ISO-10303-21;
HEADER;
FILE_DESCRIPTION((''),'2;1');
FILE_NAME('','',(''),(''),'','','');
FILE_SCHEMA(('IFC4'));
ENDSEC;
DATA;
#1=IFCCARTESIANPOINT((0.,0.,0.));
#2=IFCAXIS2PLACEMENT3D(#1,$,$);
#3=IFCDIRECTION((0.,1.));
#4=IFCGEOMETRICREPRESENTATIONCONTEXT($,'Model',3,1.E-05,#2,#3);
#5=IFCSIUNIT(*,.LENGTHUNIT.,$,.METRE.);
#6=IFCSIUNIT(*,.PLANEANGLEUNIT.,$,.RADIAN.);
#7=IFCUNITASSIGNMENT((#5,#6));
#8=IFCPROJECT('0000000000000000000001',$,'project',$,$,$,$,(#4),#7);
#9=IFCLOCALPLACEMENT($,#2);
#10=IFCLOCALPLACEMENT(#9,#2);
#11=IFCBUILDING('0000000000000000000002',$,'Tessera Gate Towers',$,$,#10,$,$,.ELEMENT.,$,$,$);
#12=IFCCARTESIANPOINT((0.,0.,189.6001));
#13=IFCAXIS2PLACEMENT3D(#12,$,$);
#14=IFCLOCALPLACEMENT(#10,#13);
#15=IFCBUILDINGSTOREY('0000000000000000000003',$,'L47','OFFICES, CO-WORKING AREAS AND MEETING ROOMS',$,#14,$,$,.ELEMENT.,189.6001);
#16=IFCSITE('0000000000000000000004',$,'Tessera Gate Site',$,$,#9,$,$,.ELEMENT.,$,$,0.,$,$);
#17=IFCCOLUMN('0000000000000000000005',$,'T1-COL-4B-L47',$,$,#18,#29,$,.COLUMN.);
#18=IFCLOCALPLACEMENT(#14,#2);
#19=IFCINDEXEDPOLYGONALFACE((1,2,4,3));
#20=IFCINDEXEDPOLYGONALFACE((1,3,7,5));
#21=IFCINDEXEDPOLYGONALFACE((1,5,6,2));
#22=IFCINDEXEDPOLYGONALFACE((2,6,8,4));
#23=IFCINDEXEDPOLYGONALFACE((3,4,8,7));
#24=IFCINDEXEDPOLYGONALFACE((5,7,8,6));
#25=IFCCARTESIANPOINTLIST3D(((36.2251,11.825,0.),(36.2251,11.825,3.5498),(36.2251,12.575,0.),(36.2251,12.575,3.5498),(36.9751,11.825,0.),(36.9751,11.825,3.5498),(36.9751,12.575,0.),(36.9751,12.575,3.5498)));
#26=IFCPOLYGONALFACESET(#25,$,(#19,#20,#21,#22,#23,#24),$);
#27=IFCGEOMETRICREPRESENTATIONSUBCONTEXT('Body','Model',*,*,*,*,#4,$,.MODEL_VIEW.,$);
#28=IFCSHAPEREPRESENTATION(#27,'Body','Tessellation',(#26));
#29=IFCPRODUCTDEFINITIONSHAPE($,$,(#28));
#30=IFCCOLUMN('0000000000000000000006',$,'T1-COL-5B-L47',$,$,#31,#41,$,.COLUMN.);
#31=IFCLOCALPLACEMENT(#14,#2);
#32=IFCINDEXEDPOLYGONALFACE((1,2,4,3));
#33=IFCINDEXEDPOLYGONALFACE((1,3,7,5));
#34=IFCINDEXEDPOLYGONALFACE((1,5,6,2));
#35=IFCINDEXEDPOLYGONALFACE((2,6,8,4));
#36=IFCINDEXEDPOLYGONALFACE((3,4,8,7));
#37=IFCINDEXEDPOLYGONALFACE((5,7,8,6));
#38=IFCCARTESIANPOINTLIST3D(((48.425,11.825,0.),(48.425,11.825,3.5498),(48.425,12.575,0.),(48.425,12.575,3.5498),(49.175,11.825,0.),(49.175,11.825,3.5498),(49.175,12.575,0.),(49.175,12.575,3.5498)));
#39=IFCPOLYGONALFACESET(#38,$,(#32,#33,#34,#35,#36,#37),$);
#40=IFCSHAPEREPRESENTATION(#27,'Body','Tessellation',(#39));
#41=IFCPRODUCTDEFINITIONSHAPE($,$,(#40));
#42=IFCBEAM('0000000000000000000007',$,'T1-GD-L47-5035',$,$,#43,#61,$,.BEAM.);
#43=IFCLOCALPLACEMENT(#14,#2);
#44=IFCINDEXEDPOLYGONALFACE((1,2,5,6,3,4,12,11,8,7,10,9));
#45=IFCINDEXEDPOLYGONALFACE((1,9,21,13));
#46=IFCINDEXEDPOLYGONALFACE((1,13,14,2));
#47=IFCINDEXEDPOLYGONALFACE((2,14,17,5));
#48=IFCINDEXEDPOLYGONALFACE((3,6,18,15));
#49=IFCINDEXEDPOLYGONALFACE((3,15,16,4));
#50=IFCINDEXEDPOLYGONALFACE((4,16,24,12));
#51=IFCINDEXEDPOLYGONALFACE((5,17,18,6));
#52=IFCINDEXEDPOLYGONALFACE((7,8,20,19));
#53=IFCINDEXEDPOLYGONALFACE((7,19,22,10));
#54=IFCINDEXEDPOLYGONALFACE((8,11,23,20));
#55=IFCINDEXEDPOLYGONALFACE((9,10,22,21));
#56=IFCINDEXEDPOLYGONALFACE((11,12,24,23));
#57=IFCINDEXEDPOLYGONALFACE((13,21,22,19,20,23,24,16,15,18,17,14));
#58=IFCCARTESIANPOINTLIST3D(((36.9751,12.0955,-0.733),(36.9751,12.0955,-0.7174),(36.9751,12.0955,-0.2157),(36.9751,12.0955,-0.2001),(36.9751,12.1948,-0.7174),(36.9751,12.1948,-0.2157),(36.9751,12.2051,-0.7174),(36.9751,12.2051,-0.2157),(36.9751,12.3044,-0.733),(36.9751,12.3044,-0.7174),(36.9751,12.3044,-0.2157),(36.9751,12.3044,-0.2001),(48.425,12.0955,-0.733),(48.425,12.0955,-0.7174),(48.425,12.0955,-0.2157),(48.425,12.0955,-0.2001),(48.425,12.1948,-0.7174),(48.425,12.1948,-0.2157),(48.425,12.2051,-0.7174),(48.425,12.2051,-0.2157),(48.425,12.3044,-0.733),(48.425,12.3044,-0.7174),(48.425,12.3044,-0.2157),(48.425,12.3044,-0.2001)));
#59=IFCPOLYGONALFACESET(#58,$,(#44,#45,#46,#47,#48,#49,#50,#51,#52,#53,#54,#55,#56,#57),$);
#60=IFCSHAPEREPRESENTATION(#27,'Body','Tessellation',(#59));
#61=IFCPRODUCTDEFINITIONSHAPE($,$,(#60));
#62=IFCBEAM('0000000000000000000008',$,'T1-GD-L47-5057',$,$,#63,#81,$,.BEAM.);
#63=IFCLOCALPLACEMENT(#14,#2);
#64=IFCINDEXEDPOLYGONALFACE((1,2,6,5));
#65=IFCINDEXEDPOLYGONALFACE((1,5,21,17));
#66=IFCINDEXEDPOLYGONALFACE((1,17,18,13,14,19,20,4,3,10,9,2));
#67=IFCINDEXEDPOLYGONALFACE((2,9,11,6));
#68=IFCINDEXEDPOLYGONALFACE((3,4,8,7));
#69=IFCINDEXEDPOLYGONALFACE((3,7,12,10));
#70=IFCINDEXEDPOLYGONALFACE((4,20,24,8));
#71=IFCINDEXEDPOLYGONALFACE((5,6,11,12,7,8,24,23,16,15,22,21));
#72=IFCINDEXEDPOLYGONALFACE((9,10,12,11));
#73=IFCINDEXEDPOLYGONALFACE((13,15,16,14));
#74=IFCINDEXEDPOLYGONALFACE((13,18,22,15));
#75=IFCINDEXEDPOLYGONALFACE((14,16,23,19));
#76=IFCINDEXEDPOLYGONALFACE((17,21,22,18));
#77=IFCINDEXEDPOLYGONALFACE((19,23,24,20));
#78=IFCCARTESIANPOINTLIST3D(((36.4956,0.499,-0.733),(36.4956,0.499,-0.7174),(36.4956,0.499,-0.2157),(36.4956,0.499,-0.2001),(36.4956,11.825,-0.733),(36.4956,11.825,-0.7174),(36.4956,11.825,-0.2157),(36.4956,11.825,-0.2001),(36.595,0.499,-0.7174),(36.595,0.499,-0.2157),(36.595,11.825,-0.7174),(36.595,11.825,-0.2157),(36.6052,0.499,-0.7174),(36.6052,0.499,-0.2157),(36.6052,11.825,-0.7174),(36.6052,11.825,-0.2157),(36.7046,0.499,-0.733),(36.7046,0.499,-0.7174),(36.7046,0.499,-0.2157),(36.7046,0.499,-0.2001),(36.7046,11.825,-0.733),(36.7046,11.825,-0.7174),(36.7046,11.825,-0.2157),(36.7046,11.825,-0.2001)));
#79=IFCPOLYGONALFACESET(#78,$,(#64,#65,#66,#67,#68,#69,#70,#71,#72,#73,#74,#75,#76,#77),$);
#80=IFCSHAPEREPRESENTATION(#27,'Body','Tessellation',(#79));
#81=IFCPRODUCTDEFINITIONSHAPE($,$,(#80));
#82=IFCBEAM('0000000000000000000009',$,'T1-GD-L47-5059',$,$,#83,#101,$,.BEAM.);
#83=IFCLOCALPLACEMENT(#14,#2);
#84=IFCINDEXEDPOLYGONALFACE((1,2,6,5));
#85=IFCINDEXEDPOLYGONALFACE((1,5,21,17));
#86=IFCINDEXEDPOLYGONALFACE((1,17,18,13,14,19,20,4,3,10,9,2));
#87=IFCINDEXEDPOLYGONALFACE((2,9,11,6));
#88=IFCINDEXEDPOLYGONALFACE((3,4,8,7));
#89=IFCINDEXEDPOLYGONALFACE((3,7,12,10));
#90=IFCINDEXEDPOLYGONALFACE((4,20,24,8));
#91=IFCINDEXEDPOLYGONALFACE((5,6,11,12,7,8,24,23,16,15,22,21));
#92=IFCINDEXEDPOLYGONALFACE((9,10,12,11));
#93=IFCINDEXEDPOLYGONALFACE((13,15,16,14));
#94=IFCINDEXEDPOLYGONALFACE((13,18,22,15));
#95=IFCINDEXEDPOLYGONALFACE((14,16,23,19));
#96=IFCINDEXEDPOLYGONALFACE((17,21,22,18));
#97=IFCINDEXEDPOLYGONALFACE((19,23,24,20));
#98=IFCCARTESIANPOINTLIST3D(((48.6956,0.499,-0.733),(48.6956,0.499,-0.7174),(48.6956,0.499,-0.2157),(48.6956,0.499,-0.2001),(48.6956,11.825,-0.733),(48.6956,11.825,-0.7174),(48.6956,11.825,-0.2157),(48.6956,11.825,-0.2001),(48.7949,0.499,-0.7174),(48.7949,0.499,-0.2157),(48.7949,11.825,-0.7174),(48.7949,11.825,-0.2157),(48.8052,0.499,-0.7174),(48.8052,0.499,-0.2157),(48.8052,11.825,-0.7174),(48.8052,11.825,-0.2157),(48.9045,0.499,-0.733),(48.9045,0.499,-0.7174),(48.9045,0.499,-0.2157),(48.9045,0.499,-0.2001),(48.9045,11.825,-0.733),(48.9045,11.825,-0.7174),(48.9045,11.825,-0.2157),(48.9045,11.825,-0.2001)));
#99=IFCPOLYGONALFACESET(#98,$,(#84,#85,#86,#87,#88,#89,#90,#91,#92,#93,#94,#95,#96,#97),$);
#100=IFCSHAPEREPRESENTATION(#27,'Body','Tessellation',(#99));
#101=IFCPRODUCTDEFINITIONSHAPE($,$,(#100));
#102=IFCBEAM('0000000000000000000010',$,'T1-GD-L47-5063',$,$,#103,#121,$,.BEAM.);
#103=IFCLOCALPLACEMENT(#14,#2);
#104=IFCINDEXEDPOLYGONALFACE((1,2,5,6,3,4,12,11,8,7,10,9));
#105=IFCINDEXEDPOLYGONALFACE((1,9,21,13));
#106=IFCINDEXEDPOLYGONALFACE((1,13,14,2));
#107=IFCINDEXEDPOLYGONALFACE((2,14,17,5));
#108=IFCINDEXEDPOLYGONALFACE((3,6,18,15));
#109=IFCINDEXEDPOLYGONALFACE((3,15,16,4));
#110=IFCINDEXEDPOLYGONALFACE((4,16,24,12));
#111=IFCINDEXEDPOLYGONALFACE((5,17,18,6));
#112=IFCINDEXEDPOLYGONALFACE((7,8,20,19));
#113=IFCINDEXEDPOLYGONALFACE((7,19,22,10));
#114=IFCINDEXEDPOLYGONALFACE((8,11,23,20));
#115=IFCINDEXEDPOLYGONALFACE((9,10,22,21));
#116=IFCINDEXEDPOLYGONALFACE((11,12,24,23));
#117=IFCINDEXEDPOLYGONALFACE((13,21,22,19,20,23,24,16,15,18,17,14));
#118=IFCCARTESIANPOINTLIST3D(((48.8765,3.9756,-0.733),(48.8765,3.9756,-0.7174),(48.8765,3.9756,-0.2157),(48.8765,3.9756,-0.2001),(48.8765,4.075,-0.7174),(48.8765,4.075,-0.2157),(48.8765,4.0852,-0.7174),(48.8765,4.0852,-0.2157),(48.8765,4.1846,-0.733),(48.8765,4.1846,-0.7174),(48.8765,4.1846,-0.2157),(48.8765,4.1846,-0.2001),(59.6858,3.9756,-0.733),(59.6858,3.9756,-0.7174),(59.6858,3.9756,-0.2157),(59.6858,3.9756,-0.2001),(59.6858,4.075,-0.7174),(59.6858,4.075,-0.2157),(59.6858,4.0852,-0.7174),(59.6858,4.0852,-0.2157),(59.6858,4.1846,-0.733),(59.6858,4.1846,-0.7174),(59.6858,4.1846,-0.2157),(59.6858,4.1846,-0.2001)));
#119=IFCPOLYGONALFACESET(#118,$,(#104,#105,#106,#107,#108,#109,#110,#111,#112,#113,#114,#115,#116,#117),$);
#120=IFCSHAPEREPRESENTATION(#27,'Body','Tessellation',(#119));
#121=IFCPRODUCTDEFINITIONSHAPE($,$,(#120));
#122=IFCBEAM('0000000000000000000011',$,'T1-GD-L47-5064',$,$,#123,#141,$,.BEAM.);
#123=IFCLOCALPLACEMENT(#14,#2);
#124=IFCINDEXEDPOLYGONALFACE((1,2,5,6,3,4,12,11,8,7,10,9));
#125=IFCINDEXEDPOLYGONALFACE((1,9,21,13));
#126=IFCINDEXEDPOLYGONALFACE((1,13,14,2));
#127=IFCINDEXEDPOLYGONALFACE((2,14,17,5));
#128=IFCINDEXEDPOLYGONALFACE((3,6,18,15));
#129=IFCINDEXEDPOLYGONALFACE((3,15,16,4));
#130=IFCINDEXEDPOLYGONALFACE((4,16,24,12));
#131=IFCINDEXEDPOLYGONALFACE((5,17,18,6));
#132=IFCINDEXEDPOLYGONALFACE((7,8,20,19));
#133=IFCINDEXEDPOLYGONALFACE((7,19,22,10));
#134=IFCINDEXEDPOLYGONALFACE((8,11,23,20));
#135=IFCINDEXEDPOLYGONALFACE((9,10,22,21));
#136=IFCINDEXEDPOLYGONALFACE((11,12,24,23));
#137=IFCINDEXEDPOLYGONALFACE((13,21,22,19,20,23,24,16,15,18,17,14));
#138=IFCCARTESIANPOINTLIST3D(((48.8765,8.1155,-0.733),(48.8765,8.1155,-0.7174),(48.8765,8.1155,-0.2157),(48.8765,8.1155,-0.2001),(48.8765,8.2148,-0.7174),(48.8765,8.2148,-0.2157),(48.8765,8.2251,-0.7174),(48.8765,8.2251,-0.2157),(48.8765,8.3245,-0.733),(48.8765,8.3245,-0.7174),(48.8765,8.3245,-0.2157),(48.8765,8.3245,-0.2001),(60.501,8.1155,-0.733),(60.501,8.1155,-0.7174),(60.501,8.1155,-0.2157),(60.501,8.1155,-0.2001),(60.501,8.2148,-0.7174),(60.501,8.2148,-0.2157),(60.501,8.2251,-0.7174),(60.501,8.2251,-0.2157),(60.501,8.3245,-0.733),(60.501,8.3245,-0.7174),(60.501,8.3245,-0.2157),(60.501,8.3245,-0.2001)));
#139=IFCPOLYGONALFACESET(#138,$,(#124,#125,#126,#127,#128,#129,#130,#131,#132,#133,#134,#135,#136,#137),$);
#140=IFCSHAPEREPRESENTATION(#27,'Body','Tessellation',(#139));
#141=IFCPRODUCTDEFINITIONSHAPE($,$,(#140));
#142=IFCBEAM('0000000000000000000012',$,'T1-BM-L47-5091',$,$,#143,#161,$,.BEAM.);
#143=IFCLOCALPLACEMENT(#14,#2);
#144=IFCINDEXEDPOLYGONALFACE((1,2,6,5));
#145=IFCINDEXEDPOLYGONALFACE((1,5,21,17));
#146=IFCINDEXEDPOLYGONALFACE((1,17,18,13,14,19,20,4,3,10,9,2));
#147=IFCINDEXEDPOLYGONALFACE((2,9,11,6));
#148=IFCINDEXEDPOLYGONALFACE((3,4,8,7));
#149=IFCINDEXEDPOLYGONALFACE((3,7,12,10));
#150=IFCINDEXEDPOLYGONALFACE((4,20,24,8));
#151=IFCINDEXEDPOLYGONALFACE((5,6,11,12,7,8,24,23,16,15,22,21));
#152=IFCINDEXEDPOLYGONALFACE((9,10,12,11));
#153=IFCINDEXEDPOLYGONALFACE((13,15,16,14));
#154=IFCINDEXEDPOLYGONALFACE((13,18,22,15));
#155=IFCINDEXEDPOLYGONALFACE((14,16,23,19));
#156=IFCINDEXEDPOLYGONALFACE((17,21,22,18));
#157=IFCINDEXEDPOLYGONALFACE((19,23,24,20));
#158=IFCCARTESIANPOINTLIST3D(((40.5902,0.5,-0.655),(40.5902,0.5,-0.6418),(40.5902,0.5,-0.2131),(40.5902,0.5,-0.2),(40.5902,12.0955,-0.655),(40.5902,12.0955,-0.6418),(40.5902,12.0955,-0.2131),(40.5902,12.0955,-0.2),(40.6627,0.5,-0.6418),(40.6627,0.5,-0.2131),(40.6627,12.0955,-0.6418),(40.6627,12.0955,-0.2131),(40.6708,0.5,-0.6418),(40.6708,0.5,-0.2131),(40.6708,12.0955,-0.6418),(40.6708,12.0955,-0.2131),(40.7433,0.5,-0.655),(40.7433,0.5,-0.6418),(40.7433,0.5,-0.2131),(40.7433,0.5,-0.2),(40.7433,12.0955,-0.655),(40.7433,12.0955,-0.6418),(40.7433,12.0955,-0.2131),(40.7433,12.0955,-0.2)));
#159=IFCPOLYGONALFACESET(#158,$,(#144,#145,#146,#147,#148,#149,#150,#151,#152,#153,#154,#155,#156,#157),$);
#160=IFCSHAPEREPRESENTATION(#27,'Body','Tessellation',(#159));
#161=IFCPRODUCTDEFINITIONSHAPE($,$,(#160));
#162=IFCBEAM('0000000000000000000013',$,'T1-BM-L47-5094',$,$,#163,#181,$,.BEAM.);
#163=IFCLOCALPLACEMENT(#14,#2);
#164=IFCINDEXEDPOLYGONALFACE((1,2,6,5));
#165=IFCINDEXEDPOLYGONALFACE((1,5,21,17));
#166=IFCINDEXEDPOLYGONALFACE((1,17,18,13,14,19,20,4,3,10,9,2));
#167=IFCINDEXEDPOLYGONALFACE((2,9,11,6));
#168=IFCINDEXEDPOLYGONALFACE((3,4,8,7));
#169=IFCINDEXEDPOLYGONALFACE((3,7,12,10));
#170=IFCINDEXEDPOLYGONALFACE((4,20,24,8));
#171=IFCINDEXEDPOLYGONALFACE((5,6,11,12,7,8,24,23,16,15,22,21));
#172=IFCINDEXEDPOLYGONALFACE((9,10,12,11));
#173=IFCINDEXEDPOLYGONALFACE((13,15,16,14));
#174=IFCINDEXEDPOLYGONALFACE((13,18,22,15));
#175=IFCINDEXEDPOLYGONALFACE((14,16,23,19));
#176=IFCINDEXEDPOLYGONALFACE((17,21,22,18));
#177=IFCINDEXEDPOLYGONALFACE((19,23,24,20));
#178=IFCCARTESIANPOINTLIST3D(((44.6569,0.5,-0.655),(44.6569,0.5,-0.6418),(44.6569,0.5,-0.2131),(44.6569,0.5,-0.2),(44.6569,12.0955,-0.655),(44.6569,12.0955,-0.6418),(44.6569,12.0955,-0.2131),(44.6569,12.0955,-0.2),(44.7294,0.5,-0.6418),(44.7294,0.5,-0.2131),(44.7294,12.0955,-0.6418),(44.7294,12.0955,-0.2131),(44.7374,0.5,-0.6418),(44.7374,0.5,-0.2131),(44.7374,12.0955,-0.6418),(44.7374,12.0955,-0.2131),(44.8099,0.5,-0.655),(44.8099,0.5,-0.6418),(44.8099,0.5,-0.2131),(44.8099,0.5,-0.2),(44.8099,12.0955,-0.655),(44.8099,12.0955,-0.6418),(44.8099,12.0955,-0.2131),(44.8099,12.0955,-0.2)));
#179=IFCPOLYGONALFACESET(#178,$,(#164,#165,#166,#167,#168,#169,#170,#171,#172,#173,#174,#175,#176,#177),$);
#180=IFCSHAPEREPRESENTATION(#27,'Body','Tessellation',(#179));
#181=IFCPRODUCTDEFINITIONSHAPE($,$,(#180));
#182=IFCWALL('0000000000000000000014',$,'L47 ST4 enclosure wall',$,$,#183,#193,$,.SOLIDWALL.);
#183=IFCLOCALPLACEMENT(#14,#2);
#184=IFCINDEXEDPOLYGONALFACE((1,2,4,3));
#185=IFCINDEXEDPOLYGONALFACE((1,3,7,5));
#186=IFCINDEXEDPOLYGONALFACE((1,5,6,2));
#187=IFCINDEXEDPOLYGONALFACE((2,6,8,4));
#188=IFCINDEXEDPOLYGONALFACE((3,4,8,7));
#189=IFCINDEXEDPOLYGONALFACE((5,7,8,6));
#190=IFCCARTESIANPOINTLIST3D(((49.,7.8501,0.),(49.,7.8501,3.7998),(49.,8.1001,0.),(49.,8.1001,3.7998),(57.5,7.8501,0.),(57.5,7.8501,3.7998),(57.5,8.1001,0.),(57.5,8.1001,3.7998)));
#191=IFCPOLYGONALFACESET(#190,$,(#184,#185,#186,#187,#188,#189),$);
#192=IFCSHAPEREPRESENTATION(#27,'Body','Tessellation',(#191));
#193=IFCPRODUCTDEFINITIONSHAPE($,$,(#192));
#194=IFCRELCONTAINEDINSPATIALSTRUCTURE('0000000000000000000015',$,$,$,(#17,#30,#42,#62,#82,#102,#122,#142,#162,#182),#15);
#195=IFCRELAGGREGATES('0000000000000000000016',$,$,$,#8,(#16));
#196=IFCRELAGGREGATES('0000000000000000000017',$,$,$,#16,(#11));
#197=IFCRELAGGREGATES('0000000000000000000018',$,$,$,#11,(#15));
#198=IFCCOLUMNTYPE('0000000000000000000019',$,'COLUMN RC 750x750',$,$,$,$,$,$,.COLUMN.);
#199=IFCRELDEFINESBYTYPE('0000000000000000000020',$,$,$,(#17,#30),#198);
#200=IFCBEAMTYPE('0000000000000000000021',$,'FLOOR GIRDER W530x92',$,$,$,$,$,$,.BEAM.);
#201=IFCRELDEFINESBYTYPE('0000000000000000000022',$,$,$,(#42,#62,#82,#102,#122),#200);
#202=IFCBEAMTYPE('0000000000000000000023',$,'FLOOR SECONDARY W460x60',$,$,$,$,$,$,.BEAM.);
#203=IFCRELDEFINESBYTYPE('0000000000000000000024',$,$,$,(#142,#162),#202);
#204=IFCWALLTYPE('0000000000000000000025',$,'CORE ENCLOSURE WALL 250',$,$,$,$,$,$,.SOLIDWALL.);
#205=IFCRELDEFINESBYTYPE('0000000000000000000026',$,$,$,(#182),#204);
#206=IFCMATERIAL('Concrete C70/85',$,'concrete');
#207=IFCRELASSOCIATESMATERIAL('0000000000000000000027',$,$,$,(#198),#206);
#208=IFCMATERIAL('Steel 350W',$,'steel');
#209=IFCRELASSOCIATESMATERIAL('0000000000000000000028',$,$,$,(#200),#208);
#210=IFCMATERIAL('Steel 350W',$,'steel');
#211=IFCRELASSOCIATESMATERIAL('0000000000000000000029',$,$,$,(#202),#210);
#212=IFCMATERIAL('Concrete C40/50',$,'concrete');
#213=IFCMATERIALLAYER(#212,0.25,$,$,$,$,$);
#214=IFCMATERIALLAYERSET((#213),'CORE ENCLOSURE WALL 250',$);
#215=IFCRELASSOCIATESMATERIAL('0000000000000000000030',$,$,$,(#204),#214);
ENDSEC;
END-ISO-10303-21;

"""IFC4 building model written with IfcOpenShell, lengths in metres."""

from ifc_helpers import new_model, si_unit, direction, frame, frame_2d, origin, origin_2d, place, context, subcontext, project, spatial, rectangle, i_section, extrude, material, layer, layer_set, material_profile, profile_set, type_object, element, save


model = new_model("IFC4")

# Units and contexts
model_context = context("Model", 3, precision=1e-05, world=origin(), true_north=direction((0.0, 1.0)))
body_context = subcontext(model_context, "Body", "Model", "MODEL_VIEW")
ifc_project = project(units=[si_unit("LENGTHUNIT", "METRE"), si_unit("PLANEANGLEUNIT", "RADIAN")], contexts=[model_context])

# Site, building, storey
site_placement = place(None, origin())
site = spatial("IfcSite", under=ifc_project, at=site_placement, Name="Tessera Gate Site", CompositionType="ELEMENT", RefElevation=0.0)
building_placement = place(site_placement, origin())
building = spatial("IfcBuilding", under=site, at=building_placement, Name="Tessera Gate Towers", CompositionType="ELEMENT")
storey_placement = place(building_placement, frame((0.0, 0.0, 189.6001)))
storey = spatial("IfcBuildingStorey", under=building, at=storey_placement, Name="L47", Description="OFFICES, CO-WORKING AREAS AND MEETING ROOMS", CompositionType="ELEMENT", Elevation=189.6001)

# Columns
ifc_material_1 = material(Name="Concrete C70/85", Category="concrete")
ifc_material_profile_1 = material_profile(ifc_material_1, rectangle(XDim=0.75, YDim=0.75, at=origin_2d()), Name="RC 750x750")
ifc_profile_set_1 = profile_set([ifc_material_profile_1], Name="Concrete C70/85")
column_type = type_object("IfcColumnType", Name="COLUMN RC 750x750", PredefinedType="COLUMN", material=ifc_profile_set_1)
for number, where, z_axis, x_axis, name in (
    (1, (36.6001, 12.2, 0.0), (0.0, 0.0, 1.0), (1.0, 0.0, 0.0), "T1-COL-4B-L47"),
    (2, (48.8, 12.2, 0.0), (0.0, 0.0, 1.0), (1.0, 0.0, 0.0), "T1-COL-5B-L47"),
):
    element("IfcColumn", number, at=place(storey_placement, frame(where, z_axis=z_axis, x_axis=x_axis)), inside=storey, type_object=column_type, Name=name, PredefinedType="COLUMN", context=body_context, shape_type="SweptSolid", body=[
        extrude(rectangle(XDim=0.75, YDim=0.75, at=origin_2d()), origin(), (0.0, 0.0, 1.0), 3.5498),
    ])

# Beams
ifc_material_2 = material(Name="Steel 350W", Category="steel")
ifc_material_profile_2 = material_profile(ifc_material_2, i_section(OverallWidth=0.209, OverallDepth=0.533, WebThickness=0.0103, FlangeThickness=0.0156, at=origin_2d()), Name="W530x92")
ifc_profile_set_2 = profile_set([ifc_material_profile_2], Name="Steel 350W")
beam_type_1 = type_object("IfcBeamType", Name="FLOOR GIRDER W530x92", PredefinedType="BEAM", material=ifc_profile_set_2)
beam_1_placement = place(storey_placement, frame((36.9751, 12.2, -0.4666), z_axis=(1.0, 0.0, 0.0), x_axis=(0.0, 1.0, 0.0)))
element("IfcBeam", 3, at=beam_1_placement, inside=storey, type_object=beam_type_1, Name="T1-GD-L47-5035", PredefinedType="BEAM", context=body_context, shape_type="SweptSolid", body=[
    extrude(i_section(OverallWidth=0.209, OverallDepth=0.533, WebThickness=0.0103, FlangeThickness=0.0156, at=origin_2d()), origin(), (0.0, 0.0, 1.0), 11.45),
])
for number, where, z_axis, x_axis, name in (
    (4, (36.6001, 0.499, -0.4666), (0.0, 1.0, 0.0), (-1.0, 0.0, 0.0), "T1-GD-L47-5057"),
    (5, (48.8, 0.499, -0.4666), (0.0, 1.0, 0.0), (-1.0, 0.0, 0.0), "T1-GD-L47-5059"),
):
    element("IfcBeam", number, at=place(storey_placement, frame(where, z_axis=z_axis, x_axis=x_axis)), inside=storey, type_object=beam_type_1, Name=name, PredefinedType="BEAM", context=body_context, shape_type="SweptSolid", body=[
        extrude(i_section(OverallWidth=0.209, OverallDepth=0.533, WebThickness=0.0103, FlangeThickness=0.0156, at=origin_2d()), origin(), (0.0, 0.0, 1.0), 11.3259),
    ])
beam_2_placement = place(storey_placement, frame((48.8765, 4.0801, -0.4666), z_axis=(1.0, 0.0, 0.0), x_axis=(0.0, 1.0, 0.0)))
element("IfcBeam", 6, at=beam_2_placement, inside=storey, type_object=beam_type_1, Name="T1-GD-L47-5063", PredefinedType="BEAM", context=body_context, shape_type="SweptSolid", body=[
    extrude(i_section(OverallWidth=0.209, OverallDepth=0.533, WebThickness=0.0103, FlangeThickness=0.0156, at=origin_2d()), origin(), (0.0, 0.0, 1.0), 10.8093),
])
beam_3_placement = place(storey_placement, frame((48.8765, 8.22, -0.4666), z_axis=(1.0, 0.0, 0.0), x_axis=(0.0, 1.0, 0.0)))
element("IfcBeam", 7, at=beam_3_placement, inside=storey, type_object=beam_type_1, Name="T1-GD-L47-5064", PredefinedType="BEAM", context=body_context, shape_type="SweptSolid", body=[
    extrude(i_section(OverallWidth=0.209, OverallDepth=0.533, WebThickness=0.0103, FlangeThickness=0.0156, at=origin_2d()), origin(), (0.0, 0.0, 1.0), 11.6245),
])
ifc_material_3 = material(Name="Steel 350W", Category="steel")
ifc_material_profile_3 = material_profile(ifc_material_3, i_section(OverallWidth=0.1531, OverallDepth=0.4551, WebThickness=0.0081, FlangeThickness=0.0132, at=origin_2d()), Name="W460x60")
ifc_profile_set_3 = profile_set([ifc_material_profile_3], Name="Steel 350W")
beam_type_2 = type_object("IfcBeamType", Name="FLOOR SECONDARY W460x60", PredefinedType="BEAM", material=ifc_profile_set_3)
for number, where, z_axis, x_axis, name in (
    (8, (40.6667, 0.5, -0.4275), (0.0, 1.0, 0.0), (-1.0, 0.0, 0.0), "T1-BM-L47-5091"),
    (9, (44.7334, 0.5, -0.4275), (0.0, 1.0, 0.0), (-1.0, 0.0, 0.0), "T1-BM-L47-5094"),
):
    element("IfcBeam", number, at=place(storey_placement, frame(where, z_axis=z_axis, x_axis=x_axis)), inside=storey, type_object=beam_type_2, Name=name, PredefinedType="BEAM", context=body_context, shape_type="SweptSolid", body=[
        extrude(i_section(OverallWidth=0.1531, OverallDepth=0.4551, WebThickness=0.0081, FlangeThickness=0.0132, at=origin_2d()), origin(), (0.0, 0.0, 1.0), 11.5955),
    ])

# Wall
ifc_material_4 = material(Name="Concrete C40/50", Category="concrete")
ifc_layer_1 = layer(ifc_material_4, 0.25)
ifc_layer_set_1 = layer_set([ifc_layer_1], Name="CORE ENCLOSURE WALL 250")
wall_type_1 = type_object("IfcWallType", Name="CORE ENCLOSURE WALL 250", PredefinedType="SOLIDWALL", material=ifc_layer_set_1)
wall_1_placement = place(storey_placement, frame((49.0, 7.9751, 0.0), z_axis=(0.0, 0.0, 1.0), x_axis=(1.0, 0.0, 0.0)))
element("IfcWall", 10, at=wall_1_placement, inside=storey, type_object=wall_type_1, Name="L47 ST4 enclosure wall", PredefinedType="SOLIDWALL", context=body_context, shape_type="SweptSolid", body=[
    extrude(rectangle(XDim=8.5, YDim=0.25, at=frame_2d((4.25, 0.0))), origin(), (0.0, 0.0, 1.0), 3.7998),
])

save(model, "model.ifc")
